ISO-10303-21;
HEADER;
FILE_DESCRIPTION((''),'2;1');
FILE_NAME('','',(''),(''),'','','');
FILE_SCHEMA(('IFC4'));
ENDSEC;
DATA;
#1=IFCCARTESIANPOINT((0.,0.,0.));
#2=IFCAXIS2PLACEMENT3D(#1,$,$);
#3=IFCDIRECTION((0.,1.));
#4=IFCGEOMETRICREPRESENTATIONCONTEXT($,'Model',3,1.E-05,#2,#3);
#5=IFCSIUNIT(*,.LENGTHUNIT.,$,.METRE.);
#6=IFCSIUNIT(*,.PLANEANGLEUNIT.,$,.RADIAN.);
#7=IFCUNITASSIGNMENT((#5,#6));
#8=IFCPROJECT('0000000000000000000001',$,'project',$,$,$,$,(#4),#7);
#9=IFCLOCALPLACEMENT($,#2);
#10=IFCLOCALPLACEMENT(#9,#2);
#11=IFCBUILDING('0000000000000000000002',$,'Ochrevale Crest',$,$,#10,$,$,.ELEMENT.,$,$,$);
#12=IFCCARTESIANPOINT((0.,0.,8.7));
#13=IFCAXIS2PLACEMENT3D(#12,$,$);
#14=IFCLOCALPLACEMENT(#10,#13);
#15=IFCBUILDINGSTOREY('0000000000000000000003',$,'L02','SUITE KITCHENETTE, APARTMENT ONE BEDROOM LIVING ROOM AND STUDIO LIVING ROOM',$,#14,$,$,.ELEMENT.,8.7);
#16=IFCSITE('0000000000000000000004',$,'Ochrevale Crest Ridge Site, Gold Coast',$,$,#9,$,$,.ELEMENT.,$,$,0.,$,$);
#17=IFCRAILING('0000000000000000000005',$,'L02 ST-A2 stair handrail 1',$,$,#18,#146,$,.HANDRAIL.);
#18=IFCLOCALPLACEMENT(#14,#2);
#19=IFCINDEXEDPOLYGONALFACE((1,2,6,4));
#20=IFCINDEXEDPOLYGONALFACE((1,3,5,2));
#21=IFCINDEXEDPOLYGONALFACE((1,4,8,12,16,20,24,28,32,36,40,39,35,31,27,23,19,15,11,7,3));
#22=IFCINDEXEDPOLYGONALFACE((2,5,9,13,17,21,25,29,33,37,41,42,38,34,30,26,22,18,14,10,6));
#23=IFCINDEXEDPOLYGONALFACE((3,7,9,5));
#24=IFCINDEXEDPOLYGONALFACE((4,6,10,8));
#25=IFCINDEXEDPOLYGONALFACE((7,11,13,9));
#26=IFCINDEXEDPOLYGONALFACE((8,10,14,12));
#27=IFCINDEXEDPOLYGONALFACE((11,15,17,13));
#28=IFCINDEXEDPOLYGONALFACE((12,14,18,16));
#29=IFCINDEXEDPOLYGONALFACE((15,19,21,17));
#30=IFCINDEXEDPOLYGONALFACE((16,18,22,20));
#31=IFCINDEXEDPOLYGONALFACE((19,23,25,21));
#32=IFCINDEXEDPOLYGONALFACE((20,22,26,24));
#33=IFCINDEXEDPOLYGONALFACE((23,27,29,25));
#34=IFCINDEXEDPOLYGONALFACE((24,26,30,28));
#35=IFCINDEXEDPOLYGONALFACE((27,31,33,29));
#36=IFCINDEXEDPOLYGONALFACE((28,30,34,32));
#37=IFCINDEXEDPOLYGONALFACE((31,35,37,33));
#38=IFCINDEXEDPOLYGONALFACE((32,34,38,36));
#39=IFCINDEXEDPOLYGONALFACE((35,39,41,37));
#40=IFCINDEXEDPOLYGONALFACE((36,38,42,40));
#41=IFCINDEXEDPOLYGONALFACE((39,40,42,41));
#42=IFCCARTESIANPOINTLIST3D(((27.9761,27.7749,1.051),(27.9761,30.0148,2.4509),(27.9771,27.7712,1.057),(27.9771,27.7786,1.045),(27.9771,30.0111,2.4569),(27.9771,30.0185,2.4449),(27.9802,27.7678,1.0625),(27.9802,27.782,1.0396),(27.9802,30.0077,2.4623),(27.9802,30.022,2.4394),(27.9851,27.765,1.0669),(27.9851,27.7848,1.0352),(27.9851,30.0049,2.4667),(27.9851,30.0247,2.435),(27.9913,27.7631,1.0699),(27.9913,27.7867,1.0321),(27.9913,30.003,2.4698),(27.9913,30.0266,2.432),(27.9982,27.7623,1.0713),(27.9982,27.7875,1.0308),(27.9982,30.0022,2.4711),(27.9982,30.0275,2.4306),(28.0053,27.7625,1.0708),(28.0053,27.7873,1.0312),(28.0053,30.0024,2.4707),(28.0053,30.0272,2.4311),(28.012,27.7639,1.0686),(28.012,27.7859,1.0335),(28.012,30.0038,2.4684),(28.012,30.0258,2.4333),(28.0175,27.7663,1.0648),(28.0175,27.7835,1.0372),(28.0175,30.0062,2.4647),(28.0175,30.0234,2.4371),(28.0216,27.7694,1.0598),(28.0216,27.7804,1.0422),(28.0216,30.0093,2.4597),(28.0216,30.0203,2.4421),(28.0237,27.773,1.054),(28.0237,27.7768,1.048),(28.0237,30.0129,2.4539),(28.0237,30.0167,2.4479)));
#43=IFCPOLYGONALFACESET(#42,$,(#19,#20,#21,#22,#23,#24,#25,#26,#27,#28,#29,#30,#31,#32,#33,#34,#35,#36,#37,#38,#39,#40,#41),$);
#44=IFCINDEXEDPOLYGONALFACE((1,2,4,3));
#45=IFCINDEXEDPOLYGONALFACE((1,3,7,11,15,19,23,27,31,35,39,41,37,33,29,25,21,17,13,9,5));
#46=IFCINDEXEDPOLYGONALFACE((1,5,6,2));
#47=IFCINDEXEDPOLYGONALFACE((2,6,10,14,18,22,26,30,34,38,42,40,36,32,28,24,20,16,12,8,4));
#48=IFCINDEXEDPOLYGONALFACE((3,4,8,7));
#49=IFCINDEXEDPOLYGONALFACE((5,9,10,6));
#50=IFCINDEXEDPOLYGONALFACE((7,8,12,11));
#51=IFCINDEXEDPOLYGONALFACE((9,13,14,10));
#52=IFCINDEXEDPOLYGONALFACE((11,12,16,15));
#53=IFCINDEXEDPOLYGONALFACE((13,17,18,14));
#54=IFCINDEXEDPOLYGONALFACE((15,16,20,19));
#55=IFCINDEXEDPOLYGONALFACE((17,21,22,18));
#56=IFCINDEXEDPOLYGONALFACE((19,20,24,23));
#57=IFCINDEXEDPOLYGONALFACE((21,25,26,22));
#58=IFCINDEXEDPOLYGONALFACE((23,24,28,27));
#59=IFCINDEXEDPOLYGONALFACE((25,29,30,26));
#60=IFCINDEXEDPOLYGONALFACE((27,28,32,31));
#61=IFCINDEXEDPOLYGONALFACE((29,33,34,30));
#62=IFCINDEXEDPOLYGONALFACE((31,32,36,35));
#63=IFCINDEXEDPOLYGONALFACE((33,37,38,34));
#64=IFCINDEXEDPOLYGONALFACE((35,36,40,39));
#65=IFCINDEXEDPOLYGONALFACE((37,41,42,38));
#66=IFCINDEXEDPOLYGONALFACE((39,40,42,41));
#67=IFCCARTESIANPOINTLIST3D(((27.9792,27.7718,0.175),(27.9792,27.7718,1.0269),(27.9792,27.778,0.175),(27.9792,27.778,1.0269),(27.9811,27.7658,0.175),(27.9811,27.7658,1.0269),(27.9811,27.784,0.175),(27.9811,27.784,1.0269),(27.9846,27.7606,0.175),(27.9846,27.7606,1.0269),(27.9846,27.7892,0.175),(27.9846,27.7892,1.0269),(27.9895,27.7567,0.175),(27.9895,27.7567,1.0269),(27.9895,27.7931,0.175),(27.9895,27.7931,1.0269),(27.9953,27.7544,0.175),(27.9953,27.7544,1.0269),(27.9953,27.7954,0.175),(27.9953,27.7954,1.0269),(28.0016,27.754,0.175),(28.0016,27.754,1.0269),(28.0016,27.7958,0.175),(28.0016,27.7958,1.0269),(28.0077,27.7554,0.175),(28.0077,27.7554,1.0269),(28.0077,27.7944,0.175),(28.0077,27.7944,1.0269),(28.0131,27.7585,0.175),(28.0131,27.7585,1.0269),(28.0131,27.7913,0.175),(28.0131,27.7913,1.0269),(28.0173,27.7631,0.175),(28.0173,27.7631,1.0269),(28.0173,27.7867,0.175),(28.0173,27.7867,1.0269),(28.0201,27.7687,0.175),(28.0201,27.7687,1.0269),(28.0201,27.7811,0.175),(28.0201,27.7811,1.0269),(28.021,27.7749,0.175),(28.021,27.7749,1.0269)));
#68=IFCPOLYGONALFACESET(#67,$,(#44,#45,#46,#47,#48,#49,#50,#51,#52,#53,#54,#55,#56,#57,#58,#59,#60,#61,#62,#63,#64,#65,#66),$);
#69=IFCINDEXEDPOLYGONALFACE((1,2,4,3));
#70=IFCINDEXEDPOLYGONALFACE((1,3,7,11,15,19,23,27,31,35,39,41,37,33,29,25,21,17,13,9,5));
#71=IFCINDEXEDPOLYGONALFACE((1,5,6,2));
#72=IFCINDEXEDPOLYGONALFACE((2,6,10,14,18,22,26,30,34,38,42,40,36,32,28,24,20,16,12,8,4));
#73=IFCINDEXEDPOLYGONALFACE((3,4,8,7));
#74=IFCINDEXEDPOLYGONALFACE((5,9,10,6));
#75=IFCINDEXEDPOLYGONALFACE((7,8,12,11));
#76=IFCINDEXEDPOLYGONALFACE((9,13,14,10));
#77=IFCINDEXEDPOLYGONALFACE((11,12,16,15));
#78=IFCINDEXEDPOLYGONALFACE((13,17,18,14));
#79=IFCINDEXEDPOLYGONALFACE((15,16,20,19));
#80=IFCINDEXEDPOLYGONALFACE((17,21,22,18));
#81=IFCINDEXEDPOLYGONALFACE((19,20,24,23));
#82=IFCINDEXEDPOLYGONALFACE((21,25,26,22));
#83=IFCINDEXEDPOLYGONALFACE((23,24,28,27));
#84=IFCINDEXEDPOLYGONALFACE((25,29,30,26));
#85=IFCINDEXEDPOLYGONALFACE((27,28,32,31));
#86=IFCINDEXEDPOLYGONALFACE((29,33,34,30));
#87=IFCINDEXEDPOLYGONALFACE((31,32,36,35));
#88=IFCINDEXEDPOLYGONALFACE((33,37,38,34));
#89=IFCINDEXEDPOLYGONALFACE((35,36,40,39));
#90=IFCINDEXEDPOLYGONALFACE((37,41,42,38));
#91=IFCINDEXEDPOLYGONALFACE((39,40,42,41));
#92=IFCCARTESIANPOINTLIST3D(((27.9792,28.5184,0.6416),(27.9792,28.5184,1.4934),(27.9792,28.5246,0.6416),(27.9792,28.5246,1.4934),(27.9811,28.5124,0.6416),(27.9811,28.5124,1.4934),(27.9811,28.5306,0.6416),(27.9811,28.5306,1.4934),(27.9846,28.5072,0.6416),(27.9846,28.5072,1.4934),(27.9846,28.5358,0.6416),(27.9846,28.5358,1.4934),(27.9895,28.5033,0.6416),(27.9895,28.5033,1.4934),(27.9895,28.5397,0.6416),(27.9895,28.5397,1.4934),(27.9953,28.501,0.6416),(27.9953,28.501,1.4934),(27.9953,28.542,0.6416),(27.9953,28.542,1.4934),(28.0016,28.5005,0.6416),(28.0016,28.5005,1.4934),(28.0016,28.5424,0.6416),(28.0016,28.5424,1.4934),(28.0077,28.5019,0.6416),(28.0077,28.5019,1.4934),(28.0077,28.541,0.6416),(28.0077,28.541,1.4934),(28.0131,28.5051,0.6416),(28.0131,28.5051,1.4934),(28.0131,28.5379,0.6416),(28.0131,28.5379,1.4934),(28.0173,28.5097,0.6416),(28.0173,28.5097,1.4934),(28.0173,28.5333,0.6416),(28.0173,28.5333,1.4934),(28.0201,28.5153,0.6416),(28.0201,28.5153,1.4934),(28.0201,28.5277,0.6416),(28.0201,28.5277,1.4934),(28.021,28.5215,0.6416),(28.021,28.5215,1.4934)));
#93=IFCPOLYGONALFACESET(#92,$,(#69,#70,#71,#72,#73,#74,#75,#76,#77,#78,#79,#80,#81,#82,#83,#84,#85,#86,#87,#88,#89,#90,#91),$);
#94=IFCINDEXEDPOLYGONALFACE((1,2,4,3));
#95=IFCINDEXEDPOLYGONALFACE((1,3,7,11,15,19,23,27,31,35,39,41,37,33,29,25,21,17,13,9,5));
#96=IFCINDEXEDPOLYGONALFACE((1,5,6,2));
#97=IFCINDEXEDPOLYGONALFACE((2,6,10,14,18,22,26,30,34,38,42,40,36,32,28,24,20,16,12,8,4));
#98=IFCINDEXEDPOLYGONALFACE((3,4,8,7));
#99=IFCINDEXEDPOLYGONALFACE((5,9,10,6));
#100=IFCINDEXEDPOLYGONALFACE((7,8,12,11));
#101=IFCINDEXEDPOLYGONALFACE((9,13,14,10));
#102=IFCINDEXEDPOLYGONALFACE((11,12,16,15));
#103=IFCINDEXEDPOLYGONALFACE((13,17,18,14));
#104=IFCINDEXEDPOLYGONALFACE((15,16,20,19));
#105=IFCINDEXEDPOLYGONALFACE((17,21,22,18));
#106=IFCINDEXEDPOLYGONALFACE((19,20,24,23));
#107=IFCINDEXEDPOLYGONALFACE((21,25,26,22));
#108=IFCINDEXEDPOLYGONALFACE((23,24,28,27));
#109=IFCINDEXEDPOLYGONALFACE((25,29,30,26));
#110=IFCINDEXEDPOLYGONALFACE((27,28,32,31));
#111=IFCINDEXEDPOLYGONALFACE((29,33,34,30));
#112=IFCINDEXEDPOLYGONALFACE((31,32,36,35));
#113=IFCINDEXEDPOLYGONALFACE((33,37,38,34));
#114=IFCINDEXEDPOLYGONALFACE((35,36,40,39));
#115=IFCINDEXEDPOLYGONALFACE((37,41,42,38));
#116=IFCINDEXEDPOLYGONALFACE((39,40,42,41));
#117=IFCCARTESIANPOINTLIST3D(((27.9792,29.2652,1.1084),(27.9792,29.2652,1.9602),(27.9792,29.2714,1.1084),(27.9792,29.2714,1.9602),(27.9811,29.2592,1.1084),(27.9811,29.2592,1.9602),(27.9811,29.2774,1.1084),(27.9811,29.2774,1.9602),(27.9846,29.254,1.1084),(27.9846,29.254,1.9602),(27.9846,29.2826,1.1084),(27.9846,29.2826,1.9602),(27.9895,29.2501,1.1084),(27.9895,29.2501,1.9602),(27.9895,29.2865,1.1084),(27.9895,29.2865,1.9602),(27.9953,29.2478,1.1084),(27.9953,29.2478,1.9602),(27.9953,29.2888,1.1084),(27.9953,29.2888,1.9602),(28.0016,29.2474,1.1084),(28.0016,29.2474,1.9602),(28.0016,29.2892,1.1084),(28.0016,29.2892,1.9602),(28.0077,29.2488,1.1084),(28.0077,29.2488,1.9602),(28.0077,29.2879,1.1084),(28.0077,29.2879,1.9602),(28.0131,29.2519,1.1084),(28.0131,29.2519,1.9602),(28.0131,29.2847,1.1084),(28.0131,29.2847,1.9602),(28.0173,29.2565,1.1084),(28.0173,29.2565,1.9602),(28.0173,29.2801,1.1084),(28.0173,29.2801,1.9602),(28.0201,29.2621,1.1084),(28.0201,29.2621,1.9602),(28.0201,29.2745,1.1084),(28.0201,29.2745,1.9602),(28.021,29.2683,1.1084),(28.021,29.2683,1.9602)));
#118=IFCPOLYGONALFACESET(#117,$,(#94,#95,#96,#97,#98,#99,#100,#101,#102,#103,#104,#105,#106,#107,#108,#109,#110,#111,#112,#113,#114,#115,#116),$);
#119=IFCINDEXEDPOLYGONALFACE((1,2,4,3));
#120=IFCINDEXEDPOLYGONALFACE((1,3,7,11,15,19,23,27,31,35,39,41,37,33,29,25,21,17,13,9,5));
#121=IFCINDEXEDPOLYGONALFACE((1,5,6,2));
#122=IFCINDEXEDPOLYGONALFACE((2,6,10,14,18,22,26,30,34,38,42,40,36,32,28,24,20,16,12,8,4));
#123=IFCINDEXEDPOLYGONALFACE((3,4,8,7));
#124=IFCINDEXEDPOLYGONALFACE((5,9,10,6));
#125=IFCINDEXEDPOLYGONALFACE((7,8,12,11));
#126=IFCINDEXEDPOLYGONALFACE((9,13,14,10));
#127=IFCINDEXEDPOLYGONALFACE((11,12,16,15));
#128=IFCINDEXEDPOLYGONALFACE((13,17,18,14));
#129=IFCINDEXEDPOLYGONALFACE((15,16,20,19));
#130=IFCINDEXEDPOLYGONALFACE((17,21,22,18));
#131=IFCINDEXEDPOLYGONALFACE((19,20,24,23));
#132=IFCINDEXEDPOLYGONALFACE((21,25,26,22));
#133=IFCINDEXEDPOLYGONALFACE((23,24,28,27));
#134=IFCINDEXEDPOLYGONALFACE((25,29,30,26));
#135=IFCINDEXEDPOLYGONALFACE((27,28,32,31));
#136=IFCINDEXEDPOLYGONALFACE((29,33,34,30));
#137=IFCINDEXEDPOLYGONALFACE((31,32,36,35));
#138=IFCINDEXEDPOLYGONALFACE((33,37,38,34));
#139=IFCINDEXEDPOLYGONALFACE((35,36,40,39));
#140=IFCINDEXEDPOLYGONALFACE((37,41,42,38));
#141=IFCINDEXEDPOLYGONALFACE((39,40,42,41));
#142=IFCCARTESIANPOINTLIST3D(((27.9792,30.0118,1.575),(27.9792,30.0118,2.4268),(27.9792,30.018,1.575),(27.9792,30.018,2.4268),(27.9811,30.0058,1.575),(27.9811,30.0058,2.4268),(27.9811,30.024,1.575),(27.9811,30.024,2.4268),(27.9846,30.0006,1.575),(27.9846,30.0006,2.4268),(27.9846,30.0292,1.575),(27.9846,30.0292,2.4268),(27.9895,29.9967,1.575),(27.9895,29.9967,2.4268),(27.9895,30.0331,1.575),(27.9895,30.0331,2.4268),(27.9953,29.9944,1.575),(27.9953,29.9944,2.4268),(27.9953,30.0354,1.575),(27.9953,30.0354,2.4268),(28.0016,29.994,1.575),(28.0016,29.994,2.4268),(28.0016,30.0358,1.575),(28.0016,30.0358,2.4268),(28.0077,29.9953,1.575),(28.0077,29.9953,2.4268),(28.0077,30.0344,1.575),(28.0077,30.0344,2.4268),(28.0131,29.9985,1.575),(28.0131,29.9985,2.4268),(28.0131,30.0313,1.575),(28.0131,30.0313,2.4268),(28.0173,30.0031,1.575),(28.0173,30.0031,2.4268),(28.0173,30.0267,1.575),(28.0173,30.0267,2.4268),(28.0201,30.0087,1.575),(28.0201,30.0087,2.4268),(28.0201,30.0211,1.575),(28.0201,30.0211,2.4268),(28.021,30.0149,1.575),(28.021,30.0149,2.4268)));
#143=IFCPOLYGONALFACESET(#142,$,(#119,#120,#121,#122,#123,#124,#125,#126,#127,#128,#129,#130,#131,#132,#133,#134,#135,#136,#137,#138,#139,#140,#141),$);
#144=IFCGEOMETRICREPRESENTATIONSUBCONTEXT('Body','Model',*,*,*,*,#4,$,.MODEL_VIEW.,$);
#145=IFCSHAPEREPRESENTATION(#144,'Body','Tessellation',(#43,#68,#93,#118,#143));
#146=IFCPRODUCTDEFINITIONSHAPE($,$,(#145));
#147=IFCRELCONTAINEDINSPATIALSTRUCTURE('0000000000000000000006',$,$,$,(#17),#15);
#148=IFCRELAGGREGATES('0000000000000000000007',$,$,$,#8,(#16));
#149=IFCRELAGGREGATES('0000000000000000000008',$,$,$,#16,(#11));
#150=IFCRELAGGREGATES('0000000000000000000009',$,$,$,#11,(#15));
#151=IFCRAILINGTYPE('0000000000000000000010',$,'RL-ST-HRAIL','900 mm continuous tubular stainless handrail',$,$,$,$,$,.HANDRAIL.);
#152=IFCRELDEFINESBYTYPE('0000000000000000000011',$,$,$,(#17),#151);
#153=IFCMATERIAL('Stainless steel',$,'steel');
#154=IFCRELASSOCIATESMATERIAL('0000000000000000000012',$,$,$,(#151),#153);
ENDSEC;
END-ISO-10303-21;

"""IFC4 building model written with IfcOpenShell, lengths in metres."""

from ifc_helpers import new_model, si_unit, direction, frame, origin, origin_2d, place, context, subcontext, project, spatial, circle, extrude, material, type_object, element, save


model = new_model("IFC4")

# Units and contexts
model_context = context("Model", 3, precision=1e-05, world=origin(), true_north=direction((0.0, 1.0)))
body_context = subcontext(model_context, "Body", "Model", "MODEL_VIEW")
ifc_project = project(units=[si_unit("LENGTHUNIT", "METRE"), si_unit("PLANEANGLEUNIT", "RADIAN")], contexts=[model_context])

# Site, building, storey
site_placement = place(None, origin())
site = spatial("IfcSite", under=ifc_project, at=site_placement, Name="Ochrevale Crest Ridge Site, Gold Coast", CompositionType="ELEMENT", RefElevation=0.0)
building_placement = place(site_placement, origin())
building = spatial("IfcBuilding", under=site, at=building_placement, Name="Ochrevale Crest", CompositionType="ELEMENT")
storey_placement = place(building_placement, frame((0.0, 0.0, 8.7)))
storey = spatial("IfcBuildingStorey", under=building, at=storey_placement, Name="L02", Description="SUITE KITCHENETTE, APARTMENT ONE BEDROOM LIVING ROOM AND STUDIO LIVING ROOM", CompositionType="ELEMENT", Elevation=8.7)

# Railing
ifc_material_1 = material(Name="Stainless steel", Category="steel")
railing_type_1 = type_object("IfcRailingType", Name="RL-ST-HRAIL", Description="900 mm continuous tubular stainless handrail", PredefinedType="HANDRAIL", material=ifc_material_1)
railing_1_placement = place(storey_placement, frame((28.0, 27.7749, 0.175)))
element("IfcRailing", 1, at=railing_1_placement, inside=storey, type_object=railing_type_1, Name="L02 ST-A2 stair handrail 1", PredefinedType="HANDRAIL", context=body_context, shape_type="SweptSolid", body=[
    extrude(circle(Radius=0.0239, at=origin_2d()), frame((0.0, 0.0, 0.876), z_axis=(0.0, 0.848014, 0.529974), x_axis=(-1.0, 0.0, 0.0)), (0.0, 0.0, 1.0), 2.6414),
    extrude(circle(Radius=0.021, at=origin_2d()), origin(), (0.0, 0.0, 1.0), 0.8518),
    extrude(circle(Radius=0.021, at=origin_2d()), frame((0.0, 0.7466, 0.4666)), (0.0, 0.0, 1.0), 0.8518),
    extrude(circle(Radius=0.021, at=origin_2d()), frame((0.0, 1.4934, 0.9333)), (0.0, 0.0, 1.0), 0.8518),
    extrude(circle(Radius=0.021, at=origin_2d()), frame((0.0, 2.24, 1.3999)), (0.0, 0.0, 1.0), 0.8518),
])

save(model, "model.ifc")
